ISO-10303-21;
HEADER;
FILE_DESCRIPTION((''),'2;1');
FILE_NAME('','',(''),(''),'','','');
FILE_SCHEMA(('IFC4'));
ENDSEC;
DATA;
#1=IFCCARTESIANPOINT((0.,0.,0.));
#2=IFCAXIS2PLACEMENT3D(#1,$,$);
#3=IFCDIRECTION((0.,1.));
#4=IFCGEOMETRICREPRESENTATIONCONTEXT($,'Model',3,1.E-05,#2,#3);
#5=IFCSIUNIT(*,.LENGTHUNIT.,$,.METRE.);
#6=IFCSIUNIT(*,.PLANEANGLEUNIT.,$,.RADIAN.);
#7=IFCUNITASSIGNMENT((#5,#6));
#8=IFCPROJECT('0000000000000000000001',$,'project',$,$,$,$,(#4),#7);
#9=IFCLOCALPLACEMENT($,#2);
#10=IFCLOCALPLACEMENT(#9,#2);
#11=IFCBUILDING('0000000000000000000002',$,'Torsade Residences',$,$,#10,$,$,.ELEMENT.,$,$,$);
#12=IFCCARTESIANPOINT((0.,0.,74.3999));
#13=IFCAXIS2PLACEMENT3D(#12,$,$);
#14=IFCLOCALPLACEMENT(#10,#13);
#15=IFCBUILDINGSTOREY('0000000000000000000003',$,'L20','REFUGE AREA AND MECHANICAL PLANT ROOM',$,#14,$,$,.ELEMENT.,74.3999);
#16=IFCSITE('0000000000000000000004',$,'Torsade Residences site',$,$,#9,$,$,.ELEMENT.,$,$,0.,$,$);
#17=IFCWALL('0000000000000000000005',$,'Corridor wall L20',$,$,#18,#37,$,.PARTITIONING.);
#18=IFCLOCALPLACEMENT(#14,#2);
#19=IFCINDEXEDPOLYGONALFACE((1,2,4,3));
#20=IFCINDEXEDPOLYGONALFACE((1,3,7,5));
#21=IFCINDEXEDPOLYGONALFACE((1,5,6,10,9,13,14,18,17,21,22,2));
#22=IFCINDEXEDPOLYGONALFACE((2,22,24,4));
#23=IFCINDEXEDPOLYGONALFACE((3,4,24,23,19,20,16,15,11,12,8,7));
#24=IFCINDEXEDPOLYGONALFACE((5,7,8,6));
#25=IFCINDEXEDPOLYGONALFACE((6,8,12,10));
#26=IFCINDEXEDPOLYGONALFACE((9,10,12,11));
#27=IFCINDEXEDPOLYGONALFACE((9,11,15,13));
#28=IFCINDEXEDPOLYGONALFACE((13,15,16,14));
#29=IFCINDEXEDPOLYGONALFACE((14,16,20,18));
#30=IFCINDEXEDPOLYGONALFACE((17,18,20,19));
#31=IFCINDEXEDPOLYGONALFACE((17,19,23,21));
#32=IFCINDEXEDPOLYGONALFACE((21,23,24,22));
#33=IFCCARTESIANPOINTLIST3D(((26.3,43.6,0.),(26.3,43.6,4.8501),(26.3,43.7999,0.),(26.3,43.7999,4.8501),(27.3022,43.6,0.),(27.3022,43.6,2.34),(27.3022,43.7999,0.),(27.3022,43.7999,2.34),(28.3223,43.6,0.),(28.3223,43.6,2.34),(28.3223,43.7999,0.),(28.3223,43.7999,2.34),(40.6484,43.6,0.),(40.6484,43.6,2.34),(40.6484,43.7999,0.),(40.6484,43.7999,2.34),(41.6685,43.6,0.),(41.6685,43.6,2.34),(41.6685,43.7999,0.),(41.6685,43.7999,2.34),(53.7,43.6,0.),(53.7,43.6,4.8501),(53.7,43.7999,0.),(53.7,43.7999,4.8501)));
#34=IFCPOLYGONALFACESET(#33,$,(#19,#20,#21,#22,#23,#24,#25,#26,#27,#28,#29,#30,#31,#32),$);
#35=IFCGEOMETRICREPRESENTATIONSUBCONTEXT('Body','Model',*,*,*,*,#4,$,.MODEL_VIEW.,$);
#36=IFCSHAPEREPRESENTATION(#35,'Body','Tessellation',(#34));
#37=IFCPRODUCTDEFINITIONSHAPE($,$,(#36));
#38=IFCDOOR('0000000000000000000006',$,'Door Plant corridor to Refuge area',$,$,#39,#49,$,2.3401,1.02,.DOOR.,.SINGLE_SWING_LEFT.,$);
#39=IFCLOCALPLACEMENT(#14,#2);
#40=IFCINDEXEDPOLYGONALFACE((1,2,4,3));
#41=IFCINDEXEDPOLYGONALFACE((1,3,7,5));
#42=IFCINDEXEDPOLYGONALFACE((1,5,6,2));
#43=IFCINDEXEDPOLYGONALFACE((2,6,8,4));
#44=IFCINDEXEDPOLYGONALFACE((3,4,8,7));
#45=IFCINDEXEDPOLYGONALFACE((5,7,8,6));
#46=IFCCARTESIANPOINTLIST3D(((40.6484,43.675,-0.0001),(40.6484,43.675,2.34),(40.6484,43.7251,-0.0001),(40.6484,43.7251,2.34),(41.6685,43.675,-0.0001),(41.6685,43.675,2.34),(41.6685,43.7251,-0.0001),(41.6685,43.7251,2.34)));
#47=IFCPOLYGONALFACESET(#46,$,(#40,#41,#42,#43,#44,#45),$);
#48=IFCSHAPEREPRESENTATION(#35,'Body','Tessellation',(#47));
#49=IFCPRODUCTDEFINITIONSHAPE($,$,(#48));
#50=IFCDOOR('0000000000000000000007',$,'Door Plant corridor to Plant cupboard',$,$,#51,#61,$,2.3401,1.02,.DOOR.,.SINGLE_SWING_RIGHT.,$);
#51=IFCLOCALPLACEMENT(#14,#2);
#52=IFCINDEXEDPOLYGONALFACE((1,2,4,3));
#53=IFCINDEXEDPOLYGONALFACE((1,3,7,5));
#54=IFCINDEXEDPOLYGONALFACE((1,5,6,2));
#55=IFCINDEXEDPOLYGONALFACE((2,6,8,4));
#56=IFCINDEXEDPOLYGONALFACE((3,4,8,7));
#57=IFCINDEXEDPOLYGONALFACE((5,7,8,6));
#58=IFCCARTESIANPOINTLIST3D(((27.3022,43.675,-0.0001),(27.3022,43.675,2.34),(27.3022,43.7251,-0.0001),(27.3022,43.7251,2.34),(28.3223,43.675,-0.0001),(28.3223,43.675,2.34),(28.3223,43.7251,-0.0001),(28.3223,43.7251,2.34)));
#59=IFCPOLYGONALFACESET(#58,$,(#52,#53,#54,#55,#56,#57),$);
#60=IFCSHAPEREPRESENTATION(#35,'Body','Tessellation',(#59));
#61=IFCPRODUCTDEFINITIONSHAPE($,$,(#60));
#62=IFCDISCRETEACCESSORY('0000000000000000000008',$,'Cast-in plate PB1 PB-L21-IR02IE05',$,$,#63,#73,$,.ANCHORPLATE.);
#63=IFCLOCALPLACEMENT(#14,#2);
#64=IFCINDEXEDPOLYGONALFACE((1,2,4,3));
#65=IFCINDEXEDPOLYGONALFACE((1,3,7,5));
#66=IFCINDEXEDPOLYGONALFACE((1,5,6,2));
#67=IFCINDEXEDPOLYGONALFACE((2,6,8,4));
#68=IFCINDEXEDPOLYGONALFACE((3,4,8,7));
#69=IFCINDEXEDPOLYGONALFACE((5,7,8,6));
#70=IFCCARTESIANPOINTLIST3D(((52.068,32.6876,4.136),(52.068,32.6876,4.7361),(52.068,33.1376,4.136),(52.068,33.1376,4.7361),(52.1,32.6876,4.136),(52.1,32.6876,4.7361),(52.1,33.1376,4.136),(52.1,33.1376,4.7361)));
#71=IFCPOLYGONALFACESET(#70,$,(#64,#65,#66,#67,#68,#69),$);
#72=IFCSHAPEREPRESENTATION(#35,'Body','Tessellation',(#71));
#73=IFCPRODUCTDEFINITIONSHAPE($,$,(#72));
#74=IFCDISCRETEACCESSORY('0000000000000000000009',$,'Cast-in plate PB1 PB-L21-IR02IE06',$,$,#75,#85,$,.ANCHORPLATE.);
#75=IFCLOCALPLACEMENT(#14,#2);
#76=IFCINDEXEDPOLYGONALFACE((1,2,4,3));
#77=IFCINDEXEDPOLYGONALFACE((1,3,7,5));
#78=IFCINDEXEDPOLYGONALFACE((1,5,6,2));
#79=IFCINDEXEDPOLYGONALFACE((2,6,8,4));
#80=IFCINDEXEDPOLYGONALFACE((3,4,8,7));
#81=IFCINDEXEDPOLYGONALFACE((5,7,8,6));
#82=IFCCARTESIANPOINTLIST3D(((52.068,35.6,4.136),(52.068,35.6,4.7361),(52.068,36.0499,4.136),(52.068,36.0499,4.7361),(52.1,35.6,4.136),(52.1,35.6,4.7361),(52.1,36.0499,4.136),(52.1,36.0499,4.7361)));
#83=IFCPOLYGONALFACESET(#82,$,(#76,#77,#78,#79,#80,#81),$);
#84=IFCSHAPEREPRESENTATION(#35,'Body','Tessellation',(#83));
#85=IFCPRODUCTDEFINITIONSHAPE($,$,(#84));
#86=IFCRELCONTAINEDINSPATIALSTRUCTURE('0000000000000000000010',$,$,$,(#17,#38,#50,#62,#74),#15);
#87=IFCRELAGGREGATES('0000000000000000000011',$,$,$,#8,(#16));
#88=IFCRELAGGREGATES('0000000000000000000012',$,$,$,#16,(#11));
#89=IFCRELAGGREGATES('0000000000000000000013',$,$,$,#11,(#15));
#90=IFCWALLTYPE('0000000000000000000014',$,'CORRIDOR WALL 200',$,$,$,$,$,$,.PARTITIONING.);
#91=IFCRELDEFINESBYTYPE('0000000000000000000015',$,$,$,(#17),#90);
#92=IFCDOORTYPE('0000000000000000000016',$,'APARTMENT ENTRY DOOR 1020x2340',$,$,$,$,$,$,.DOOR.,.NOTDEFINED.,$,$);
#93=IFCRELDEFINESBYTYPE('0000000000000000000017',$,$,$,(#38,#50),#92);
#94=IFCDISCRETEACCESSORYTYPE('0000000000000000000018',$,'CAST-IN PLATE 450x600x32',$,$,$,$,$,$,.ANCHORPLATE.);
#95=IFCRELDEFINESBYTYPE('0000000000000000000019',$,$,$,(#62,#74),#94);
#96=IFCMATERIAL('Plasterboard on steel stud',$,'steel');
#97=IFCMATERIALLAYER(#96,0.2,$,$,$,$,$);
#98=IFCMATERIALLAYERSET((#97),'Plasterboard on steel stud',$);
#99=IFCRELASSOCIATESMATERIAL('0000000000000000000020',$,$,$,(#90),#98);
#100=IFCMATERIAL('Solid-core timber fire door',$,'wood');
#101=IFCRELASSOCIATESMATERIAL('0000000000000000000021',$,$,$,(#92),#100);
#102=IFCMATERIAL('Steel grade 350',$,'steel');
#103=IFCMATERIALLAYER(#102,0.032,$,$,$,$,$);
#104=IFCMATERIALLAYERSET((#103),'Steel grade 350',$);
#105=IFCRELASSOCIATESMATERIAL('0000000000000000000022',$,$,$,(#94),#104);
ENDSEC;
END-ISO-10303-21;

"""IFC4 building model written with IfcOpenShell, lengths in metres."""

from ifc_helpers import new_model, si_unit, direction, frame, frame_2d, origin, origin_2d, place, context, subcontext, project, spatial, rectangle, extrude, material, layer, layer_set, type_object, element, fill, save


model = new_model("IFC4")

# Units and contexts
model_context = context("Model", 3, precision=1e-05, world=origin(), true_north=direction((0.0, 1.0)))
body_context = subcontext(model_context, "Body", "Model", "MODEL_VIEW")
ifc_project = project(units=[si_unit("LENGTHUNIT", "METRE"), si_unit("PLANEANGLEUNIT", "RADIAN")], contexts=[model_context])

# Site, building, storey
site_placement = place(None, origin())
site = spatial("IfcSite", under=ifc_project, at=site_placement, Name="Torsade Residences site", CompositionType="ELEMENT", RefElevation=0.0)
building_placement = place(site_placement, origin())
building = spatial("IfcBuilding", under=site, at=building_placement, Name="Torsade Residences", CompositionType="ELEMENT")
storey_placement = place(building_placement, frame((0.0, 0.0, 74.3999)))
storey = spatial("IfcBuildingStorey", under=building, at=storey_placement, Name="L20", Description="REFUGE AREA AND MECHANICAL PLANT ROOM", CompositionType="ELEMENT", Elevation=74.3999)

# Wall, openings, doors
ifc_material_1 = material(Name="Plasterboard on steel stud", Category="steel")
ifc_layer_1 = layer(ifc_material_1, 0.2)
ifc_layer_set_1 = layer_set([ifc_layer_1], Name="Plasterboard on steel stud")
wall_type_1 = type_object("IfcWallType", Name="CORRIDOR WALL 200", PredefinedType="PARTITIONING", material=ifc_layer_set_1)
wall_1_placement = place(storey_placement, frame((53.7, 43.7, 0.0), z_axis=(0.0, 0.0, 1.0), x_axis=(-1.0, 0.0, 0.0)))
wall_1 = element("IfcWall", 1, at=wall_1_placement, inside=storey, type_object=wall_type_1, Name="Corridor wall L20", PredefinedType="PARTITIONING", context=body_context, shape_type="SweptSolid", body=[
    extrude(rectangle(XDim=27.3999, YDim=0.2, at=frame_2d((13.7, 0.0))), origin(), (0.0, 0.0, 1.0), 4.8501),
])
opening_1_placement = place(wall_1_placement, frame((12.0315, 0.0, 0.0)))
opening_1 = element("IfcOpeningElement", 2, at=opening_1_placement, cuts=wall_1, PredefinedType="OPENING", context=body_context, shape_type="SweptSolid", body=[
    extrude(rectangle(XDim=1.02, YDim=2.3401, at=frame_2d((0.51, 1.1699))), frame((0.0, 0.1099, 0.0), z_axis=(0.0, -1.0, 0.0), x_axis=(1.0, 0.0, 0.0)), (0.0, 0.0, 1.0), 0.22),
])
opening_2_placement = place(wall_1_placement, frame((25.3777, 0.0, 0.0)))
opening_2 = element("IfcOpeningElement", 3, at=opening_2_placement, cuts=wall_1, PredefinedType="OPENING", context=body_context, shape_type="SweptSolid", body=[
    extrude(rectangle(XDim=1.02, YDim=2.3401, at=frame_2d((0.51, 1.1699))), frame((0.0, 0.1099, 0.0), z_axis=(0.0, -1.0, 0.0), x_axis=(1.0, 0.0, 0.0)), (0.0, 0.0, 1.0), 0.22),
])
ifc_material_2 = material(Name="Solid-core timber fire door", Category="wood")
door_type_1 = type_object("IfcDoorType", Name="APARTMENT ENTRY DOOR 1020x2340", OperationType="NOTDEFINED", PredefinedType="DOOR", material=ifc_material_2)
door_1_placement = place(opening_1_placement, origin())
door_1 = element("IfcDoor", 4, at=door_1_placement, inside=storey, type_object=door_type_1, Name="Door Plant corridor to Refuge area", OperationType="SINGLE_SWING_LEFT", OverallHeight=2.3401, OverallWidth=1.02, PredefinedType="DOOR", context=body_context, shape_type="SweptSolid", body=[
    extrude(rectangle(XDim=1.02, YDim=2.3401, at=frame_2d((0.51, 1.1699))), frame((0.0, 0.0249, 0.0), z_axis=(0.0, -1.0, 0.0), x_axis=(1.0, 0.0, 0.0)), (0.0, 0.0, 1.0), 0.05),
])
fill(opening_1, door_1)
door_2_placement = place(opening_2_placement, origin())
door_2 = element("IfcDoor", 5, at=door_2_placement, inside=storey, type_object=door_type_1, Name="Door Plant corridor to Plant cupboard", OperationType="SINGLE_SWING_RIGHT", OverallHeight=2.3401, OverallWidth=1.02, PredefinedType="DOOR", context=body_context, shape_type="SweptSolid", body=[
    extrude(rectangle(XDim=1.02, YDim=2.3401, at=frame_2d((0.51, 1.1699))), frame((0.0, 0.0249, 0.0), z_axis=(0.0, -1.0, 0.0), x_axis=(1.0, 0.0, 0.0)), (0.0, 0.0, 1.0), 0.05),
])
fill(opening_2, door_2)

# Discrete accessories
ifc_material_3 = material(Name="Steel grade 350", Category="steel")
ifc_layer_2 = layer(ifc_material_3, 0.032)
ifc_layer_set_2 = layer_set([ifc_layer_2], Name="Steel grade 350")
discrete_accessory_type = type_object("IfcDiscreteAccessoryType", Name="CAST-IN PLATE 450x600x32", PredefinedType="ANCHORPLATE", material=ifc_layer_set_2)
for number, where, z_axis, x_axis, name in (
    (6, (52.084, 32.9126, 4.136), (0.0, 0.0, 1.0), (1.0, 0.0, 0.0), "Cast-in plate PB1 PB-L21-IR02IE05"),
    (7, (52.084, 35.825, 4.136), (0.0, 0.0, 1.0), (1.0, 0.0, 0.0), "Cast-in plate PB1 PB-L21-IR02IE06"),
):
    element("IfcDiscreteAccessory", number, at=place(storey_placement, frame(where, z_axis=z_axis, x_axis=x_axis)), inside=storey, type_object=discrete_accessory_type, Name=name, PredefinedType="ANCHORPLATE", context=body_context, shape_type="SweptSolid", body=[
        extrude(rectangle(XDim=0.032, YDim=0.45, at=origin_2d()), origin(), (0.0, 0.0, 1.0), 0.6001),
    ])

save(model, "model.ifc")
